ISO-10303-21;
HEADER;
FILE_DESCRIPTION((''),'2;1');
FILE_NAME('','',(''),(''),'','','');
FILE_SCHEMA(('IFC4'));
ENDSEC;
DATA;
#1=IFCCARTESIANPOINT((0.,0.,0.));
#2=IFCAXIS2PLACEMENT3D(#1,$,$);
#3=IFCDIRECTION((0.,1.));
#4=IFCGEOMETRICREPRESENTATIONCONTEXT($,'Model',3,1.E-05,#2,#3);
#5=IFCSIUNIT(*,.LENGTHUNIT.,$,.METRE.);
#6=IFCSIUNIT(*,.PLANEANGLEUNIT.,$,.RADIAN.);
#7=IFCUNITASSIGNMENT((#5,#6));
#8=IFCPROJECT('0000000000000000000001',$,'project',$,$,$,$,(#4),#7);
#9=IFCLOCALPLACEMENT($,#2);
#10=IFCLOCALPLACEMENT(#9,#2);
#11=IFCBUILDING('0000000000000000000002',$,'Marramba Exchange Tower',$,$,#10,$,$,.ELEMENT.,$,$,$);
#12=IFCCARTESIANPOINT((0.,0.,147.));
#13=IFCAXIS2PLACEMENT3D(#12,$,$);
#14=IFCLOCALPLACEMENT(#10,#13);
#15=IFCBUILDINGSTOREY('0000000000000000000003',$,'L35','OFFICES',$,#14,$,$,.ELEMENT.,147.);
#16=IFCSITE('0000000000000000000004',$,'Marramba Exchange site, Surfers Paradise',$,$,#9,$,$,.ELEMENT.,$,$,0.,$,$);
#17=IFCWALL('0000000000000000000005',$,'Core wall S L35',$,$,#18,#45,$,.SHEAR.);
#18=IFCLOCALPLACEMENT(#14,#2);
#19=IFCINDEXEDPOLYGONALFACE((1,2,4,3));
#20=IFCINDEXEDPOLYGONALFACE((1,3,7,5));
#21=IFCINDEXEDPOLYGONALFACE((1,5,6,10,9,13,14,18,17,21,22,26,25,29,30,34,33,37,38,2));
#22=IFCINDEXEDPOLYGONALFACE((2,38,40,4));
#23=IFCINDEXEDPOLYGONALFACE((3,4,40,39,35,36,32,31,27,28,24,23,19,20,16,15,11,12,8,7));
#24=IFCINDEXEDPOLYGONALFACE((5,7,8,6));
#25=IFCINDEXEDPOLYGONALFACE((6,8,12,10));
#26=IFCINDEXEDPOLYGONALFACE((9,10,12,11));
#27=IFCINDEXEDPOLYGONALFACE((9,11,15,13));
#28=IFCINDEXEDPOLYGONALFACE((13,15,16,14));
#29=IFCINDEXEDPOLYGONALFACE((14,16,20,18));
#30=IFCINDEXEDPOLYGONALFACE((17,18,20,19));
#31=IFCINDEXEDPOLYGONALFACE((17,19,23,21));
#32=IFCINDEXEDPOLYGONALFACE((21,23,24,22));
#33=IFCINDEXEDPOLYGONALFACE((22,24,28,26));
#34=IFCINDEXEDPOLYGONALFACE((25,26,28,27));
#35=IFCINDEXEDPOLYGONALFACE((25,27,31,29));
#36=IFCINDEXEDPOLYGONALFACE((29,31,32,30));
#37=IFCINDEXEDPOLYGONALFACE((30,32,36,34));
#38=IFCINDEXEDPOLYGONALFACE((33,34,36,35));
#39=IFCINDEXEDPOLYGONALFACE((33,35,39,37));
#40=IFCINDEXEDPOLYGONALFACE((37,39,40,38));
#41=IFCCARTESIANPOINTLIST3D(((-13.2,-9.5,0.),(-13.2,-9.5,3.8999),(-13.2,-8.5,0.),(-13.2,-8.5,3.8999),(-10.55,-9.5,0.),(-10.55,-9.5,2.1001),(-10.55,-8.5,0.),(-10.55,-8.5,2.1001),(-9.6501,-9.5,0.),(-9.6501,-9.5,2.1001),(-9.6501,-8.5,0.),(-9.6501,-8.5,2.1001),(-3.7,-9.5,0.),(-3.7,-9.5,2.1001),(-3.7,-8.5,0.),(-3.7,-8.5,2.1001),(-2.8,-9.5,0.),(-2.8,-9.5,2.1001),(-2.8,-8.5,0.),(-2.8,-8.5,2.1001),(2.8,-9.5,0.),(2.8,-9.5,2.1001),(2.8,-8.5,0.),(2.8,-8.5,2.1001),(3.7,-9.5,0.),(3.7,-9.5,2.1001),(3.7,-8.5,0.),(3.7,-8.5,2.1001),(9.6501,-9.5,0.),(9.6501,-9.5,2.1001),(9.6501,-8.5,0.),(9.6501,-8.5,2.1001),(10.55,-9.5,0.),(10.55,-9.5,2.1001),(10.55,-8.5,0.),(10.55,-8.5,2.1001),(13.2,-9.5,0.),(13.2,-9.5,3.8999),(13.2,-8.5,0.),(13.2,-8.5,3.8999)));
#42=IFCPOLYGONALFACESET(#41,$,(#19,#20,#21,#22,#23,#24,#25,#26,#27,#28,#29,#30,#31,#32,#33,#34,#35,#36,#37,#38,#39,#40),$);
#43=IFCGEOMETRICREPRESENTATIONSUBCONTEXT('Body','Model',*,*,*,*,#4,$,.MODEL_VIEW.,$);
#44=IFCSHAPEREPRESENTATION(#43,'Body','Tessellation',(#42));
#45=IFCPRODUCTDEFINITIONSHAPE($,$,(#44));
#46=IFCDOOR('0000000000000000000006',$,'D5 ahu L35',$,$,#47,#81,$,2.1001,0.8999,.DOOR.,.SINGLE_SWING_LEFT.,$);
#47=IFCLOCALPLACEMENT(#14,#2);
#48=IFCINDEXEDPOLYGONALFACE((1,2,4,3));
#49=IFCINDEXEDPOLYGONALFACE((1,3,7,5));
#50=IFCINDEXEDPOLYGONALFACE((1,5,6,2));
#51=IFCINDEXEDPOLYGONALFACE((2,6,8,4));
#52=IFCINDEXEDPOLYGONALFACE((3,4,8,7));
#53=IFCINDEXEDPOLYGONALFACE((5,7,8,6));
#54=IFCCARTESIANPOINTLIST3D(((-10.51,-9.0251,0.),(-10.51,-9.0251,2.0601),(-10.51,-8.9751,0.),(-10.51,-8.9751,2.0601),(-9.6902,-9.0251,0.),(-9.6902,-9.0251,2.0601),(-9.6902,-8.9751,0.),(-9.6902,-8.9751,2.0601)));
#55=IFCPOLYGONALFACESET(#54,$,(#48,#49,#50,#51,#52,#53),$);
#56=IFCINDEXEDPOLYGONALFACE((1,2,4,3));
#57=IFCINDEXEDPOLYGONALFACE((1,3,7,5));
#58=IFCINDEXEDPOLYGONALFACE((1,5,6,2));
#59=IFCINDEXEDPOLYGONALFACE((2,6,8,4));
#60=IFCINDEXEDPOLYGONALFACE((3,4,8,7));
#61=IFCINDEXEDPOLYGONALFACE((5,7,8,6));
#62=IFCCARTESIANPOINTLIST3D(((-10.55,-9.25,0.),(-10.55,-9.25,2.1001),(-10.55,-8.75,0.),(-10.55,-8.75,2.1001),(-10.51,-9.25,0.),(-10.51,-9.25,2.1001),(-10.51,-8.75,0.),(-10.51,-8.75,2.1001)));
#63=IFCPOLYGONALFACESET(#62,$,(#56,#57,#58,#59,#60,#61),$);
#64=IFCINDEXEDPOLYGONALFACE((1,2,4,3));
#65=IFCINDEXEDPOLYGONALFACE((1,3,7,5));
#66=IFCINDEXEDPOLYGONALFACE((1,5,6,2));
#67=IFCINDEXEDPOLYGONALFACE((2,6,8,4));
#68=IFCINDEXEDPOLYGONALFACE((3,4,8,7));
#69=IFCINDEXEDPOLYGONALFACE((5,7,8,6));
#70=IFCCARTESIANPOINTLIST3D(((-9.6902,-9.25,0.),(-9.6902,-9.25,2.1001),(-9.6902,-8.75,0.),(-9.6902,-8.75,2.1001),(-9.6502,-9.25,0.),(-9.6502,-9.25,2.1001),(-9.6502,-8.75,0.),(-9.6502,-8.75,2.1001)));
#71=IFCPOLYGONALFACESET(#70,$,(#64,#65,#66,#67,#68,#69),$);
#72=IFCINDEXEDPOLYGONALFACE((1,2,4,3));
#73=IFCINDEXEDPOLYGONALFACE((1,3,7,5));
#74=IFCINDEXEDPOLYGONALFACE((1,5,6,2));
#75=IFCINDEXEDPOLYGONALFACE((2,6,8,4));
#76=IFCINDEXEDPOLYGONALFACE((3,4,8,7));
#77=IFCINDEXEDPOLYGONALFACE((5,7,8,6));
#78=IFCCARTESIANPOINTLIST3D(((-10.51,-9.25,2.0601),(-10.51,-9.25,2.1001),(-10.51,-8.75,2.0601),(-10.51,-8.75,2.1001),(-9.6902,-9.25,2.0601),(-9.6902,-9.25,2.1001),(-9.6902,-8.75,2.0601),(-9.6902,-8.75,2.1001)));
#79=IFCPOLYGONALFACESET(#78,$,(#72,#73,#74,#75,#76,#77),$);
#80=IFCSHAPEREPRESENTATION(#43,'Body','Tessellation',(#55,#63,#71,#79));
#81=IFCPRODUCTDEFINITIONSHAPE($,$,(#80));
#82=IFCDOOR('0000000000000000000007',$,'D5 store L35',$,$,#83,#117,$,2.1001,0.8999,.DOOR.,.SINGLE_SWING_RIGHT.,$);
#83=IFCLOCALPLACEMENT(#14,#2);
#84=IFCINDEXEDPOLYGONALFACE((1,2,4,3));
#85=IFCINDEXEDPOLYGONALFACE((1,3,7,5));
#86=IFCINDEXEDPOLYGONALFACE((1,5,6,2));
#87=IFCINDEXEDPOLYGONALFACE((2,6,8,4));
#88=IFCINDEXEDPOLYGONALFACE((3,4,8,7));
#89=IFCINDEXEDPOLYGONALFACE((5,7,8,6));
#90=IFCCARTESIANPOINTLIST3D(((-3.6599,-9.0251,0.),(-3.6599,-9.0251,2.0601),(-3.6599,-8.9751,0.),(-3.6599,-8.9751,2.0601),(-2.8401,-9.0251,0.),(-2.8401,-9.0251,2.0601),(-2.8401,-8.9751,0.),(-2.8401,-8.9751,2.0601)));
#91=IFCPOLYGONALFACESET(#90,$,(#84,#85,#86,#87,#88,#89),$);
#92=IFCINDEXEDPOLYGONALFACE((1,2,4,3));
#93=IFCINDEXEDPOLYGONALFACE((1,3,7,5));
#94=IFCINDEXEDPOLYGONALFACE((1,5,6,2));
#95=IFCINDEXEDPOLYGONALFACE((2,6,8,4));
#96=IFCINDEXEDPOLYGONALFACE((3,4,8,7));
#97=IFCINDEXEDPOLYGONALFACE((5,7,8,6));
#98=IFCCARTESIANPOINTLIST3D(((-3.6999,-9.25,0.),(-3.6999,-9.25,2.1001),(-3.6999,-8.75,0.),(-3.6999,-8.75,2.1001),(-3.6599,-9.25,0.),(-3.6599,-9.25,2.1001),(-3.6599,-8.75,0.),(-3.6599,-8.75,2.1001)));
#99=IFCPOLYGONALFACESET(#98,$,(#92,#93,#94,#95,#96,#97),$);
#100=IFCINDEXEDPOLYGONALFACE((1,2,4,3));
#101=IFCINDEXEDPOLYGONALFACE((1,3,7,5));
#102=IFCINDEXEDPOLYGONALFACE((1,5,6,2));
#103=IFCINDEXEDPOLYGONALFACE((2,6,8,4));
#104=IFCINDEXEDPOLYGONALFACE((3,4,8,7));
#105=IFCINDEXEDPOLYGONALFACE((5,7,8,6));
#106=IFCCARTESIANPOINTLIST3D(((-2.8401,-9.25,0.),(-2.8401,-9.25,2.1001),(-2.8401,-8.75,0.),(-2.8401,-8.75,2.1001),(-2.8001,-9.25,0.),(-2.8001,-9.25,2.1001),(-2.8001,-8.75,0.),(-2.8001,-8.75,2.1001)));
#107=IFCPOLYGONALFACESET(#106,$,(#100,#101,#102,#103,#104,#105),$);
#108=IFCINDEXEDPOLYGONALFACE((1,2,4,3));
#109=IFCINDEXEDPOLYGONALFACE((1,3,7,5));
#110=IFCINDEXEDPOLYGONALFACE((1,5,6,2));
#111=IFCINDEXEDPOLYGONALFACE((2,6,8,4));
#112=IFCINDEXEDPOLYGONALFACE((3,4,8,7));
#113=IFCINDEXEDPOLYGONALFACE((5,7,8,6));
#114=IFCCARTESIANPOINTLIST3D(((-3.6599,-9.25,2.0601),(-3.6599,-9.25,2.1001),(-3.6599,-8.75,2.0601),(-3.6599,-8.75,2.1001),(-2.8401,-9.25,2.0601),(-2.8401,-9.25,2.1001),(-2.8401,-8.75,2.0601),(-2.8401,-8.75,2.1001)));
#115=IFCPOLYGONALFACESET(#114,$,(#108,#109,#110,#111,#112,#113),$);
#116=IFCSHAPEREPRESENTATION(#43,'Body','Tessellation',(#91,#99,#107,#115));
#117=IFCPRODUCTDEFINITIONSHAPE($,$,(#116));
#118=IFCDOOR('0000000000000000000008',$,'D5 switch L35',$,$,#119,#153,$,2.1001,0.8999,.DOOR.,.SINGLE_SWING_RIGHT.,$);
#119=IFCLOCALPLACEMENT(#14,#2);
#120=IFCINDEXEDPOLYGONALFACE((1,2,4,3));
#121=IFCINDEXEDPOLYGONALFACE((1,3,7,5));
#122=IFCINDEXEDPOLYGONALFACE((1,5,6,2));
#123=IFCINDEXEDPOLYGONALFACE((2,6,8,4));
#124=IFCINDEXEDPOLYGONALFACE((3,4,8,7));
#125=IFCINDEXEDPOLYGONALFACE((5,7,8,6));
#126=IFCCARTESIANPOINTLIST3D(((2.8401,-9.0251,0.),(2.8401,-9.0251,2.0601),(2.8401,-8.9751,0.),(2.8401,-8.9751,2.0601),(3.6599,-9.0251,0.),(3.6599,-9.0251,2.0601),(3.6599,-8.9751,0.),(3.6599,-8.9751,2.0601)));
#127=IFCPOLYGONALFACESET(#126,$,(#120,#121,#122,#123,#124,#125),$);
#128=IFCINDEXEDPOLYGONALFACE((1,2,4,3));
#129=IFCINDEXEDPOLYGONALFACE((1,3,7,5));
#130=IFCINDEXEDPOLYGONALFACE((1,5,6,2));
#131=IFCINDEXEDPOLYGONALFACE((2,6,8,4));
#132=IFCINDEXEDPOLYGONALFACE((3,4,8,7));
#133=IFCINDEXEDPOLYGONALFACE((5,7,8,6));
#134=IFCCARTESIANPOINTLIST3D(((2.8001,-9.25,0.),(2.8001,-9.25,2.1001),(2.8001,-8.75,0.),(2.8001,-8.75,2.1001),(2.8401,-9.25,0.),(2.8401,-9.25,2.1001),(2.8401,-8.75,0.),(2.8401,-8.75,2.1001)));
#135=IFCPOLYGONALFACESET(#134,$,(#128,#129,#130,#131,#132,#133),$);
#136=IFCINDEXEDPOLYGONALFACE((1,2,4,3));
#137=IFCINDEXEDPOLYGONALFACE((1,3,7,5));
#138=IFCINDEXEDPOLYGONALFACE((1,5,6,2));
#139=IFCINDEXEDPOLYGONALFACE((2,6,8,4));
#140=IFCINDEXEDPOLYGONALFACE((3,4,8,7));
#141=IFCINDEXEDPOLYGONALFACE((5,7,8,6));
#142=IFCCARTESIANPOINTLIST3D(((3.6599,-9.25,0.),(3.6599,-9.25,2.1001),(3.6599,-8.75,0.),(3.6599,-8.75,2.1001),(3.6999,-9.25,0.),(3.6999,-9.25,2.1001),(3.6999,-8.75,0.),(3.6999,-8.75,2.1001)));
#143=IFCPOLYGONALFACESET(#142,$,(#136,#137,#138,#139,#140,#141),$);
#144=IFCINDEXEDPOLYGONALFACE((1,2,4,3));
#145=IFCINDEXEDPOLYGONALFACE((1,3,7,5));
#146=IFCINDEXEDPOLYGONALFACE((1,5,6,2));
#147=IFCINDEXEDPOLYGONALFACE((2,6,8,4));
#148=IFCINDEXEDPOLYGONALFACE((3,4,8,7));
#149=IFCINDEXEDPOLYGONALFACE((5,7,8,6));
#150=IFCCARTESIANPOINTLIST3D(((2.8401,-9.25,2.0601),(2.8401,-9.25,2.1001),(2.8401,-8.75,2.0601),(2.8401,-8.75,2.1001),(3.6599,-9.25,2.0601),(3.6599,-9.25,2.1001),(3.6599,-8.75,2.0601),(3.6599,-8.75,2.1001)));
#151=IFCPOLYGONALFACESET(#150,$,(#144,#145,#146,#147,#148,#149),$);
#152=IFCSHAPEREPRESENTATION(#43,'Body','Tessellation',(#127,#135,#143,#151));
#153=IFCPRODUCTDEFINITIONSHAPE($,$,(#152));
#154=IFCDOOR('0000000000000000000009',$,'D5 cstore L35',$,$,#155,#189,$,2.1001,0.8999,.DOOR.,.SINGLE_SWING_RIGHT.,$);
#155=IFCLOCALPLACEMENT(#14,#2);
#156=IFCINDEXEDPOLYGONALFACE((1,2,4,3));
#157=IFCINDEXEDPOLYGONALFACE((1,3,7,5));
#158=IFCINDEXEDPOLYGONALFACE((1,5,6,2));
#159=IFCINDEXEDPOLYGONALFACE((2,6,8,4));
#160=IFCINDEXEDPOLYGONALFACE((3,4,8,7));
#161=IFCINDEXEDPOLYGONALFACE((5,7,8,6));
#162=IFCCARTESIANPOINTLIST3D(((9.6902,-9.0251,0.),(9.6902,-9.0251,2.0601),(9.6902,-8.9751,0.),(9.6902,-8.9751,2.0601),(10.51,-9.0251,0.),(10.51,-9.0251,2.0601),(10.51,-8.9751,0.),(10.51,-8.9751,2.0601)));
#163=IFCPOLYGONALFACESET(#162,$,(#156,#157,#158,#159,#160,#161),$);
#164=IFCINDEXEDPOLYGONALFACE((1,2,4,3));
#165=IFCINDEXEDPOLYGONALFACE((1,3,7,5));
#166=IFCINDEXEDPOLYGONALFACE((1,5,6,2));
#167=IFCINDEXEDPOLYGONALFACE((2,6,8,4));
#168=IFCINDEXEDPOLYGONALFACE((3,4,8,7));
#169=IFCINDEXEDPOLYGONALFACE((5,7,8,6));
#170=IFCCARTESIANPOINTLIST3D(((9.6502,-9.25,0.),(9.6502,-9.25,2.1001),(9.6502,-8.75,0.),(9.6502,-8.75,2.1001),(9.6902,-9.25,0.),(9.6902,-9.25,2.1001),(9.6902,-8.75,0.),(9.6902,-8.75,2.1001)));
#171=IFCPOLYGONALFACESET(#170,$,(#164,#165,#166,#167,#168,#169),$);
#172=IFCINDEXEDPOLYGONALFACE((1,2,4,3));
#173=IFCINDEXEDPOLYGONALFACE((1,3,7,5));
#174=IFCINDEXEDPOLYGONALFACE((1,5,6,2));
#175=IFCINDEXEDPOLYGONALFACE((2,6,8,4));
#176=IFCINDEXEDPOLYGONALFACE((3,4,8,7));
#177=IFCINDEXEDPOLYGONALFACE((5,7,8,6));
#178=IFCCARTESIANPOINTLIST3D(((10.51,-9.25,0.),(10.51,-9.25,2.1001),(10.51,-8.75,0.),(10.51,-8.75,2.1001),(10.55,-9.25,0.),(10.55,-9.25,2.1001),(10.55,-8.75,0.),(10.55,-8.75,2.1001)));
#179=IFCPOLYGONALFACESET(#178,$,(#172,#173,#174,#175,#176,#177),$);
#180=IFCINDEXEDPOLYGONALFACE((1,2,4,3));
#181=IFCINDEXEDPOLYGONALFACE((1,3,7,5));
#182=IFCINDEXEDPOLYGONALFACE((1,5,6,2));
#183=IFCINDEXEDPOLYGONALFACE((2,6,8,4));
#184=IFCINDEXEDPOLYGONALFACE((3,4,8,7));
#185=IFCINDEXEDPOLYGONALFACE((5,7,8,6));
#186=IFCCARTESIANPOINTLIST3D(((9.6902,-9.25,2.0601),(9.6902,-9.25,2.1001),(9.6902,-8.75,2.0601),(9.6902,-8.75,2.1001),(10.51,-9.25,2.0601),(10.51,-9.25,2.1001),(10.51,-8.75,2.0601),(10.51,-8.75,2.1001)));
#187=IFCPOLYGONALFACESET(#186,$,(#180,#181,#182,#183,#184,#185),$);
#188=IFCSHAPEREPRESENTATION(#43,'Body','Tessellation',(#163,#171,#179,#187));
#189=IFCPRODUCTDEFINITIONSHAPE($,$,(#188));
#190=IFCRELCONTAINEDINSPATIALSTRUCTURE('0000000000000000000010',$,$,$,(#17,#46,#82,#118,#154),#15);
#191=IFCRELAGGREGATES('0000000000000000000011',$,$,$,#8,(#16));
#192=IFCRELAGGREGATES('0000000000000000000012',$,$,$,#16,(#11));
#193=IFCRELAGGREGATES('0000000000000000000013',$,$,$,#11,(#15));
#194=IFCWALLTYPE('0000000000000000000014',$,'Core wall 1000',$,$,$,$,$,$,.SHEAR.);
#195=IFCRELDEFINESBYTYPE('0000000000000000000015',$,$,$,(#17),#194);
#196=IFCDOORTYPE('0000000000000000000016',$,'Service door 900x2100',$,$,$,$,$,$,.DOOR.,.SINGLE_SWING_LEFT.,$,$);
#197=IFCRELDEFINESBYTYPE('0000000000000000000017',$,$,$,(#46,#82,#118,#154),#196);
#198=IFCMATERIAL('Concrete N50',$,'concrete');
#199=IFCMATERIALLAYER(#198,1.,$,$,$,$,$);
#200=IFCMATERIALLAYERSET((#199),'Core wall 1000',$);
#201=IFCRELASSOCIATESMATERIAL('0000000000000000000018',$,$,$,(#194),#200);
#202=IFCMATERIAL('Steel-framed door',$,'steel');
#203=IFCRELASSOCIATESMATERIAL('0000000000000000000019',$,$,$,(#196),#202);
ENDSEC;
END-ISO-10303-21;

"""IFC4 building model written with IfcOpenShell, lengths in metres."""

from ifc_helpers import new_model, si_unit, direction, frame, frame_2d, origin, place, context, subcontext, project, spatial, rectangle, extrude, material, layer, layer_set, type_object, element, fill, save


model = new_model("IFC4")

# Units and contexts
model_context = context("Model", 3, precision=1e-05, world=origin(), true_north=direction((0.0, 1.0)))
body_context = subcontext(model_context, "Body", "Model", "MODEL_VIEW")
ifc_project = project(units=[si_unit("LENGTHUNIT", "METRE"), si_unit("PLANEANGLEUNIT", "RADIAN")], contexts=[model_context])

# Site, building, storey
site_placement = place(None, origin())
site = spatial("IfcSite", under=ifc_project, at=site_placement, Name="Marramba Exchange site, Surfers Paradise", CompositionType="ELEMENT", RefElevation=0.0)
building_placement = place(site_placement, origin())
building = spatial("IfcBuilding", under=site, at=building_placement, Name="Marramba Exchange Tower", CompositionType="ELEMENT")
storey_placement = place(building_placement, frame((0.0, 0.0, 147.0)))
storey = spatial("IfcBuildingStorey", under=building, at=storey_placement, Name="L35", Description="OFFICES", CompositionType="ELEMENT", Elevation=147.0)

# Shared definitions
ifc_material_1 = material(Name="Concrete N50", Category="concrete")

# Wall, openings, doors
ifc_layer_1 = layer(ifc_material_1, 1.0)
ifc_layer_set_1 = layer_set([ifc_layer_1], Name="Core wall 1000")
wall_type_1 = type_object("IfcWallType", Name="Core wall 1000", PredefinedType="SHEAR", material=ifc_layer_set_1)
wall_1_placement = place(storey_placement, frame((-13.2, -9.0, 0.0), z_axis=(0.0, 0.0, 1.0), x_axis=(1.0, 0.0, 0.0)))
wall_1 = element("IfcWall", 1, at=wall_1_placement, inside=storey, type_object=wall_type_1, Name="Core wall S L35", PredefinedType="SHEAR", context=body_context, shape_type="SweptSolid", body=[
    extrude(rectangle(XDim=26.3999, YDim=1.0, at=frame_2d((13.2, 0.0))), origin(), (0.0, 0.0, 1.0), 3.8999),
])
opening_1_placement = place(wall_1_placement, frame((2.6499, 0.0, 0.0)))
opening_1 = element("IfcOpeningElement", 2, at=opening_1_placement, cuts=wall_1, PredefinedType="OPENING", context=body_context, shape_type="SweptSolid", body=[
    extrude(rectangle(XDim=0.8999, YDim=2.1001, at=frame_2d((0.45, 1.05))), frame((0.0, 0.51, 0.0), z_axis=(0.0, -1.0, 0.0), x_axis=(1.0, 0.0, 0.0)), (0.0, 0.0, 1.0), 1.02),
])
opening_2_placement = place(wall_1_placement, frame((9.5, 0.0, 0.0)))
opening_2 = element("IfcOpeningElement", 3, at=opening_2_placement, cuts=wall_1, PredefinedType="OPENING", context=body_context, shape_type="SweptSolid", body=[
    extrude(rectangle(XDim=0.8999, YDim=2.1001, at=frame_2d((0.45, 1.05))), frame((0.0, 0.51, 0.0), z_axis=(0.0, -1.0, 0.0), x_axis=(1.0, 0.0, 0.0)), (0.0, 0.0, 1.0), 1.02),
])
opening_3_placement = place(wall_1_placement, frame((16.0, 0.0, 0.0)))
opening_3 = element("IfcOpeningElement", 4, at=opening_3_placement, cuts=wall_1, PredefinedType="OPENING", context=body_context, shape_type="SweptSolid", body=[
    extrude(rectangle(XDim=0.8999, YDim=2.1001, at=frame_2d((0.45, 1.05))), frame((0.0, 0.51, 0.0), z_axis=(0.0, -1.0, 0.0), x_axis=(1.0, 0.0, 0.0)), (0.0, 0.0, 1.0), 1.02),
])
opening_4_placement = place(wall_1_placement, frame((22.8501, 0.0, 0.0)))
opening_4 = element("IfcOpeningElement", 5, at=opening_4_placement, cuts=wall_1, PredefinedType="OPENING", context=body_context, shape_type="SweptSolid", body=[
    extrude(rectangle(XDim=0.8999, YDim=2.1001, at=frame_2d((0.45, 1.05))), frame((0.0, 0.51, 0.0), z_axis=(0.0, -1.0, 0.0), x_axis=(1.0, 0.0, 0.0)), (0.0, 0.0, 1.0), 1.02),
])
ifc_material_2 = material(Name="Steel-framed door", Category="steel")
door_type_1 = type_object("IfcDoorType", Name="Service door 900x2100", OperationType="SINGLE_SWING_LEFT", PredefinedType="DOOR", material=ifc_material_2)
door_1_placement = place(opening_1_placement, origin())
door_1 = element("IfcDoor", 6, at=door_1_placement, inside=storey, type_object=door_type_1, Name="D5 ahu L35", OperationType="SINGLE_SWING_LEFT", OverallHeight=2.1001, OverallWidth=0.8999, PredefinedType="DOOR", context=body_context, shape_type="SweptSolid", body=[
    extrude(rectangle(XDim=0.8198, YDim=2.0601, at=frame_2d((0.45, 1.03))), frame((0.0, 0.0249, 0.0), z_axis=(0.0, -1.0, 0.0), x_axis=(1.0, 0.0, 0.0)), (0.0, 0.0, 1.0), 0.05),
    extrude(rectangle(XDim=0.04, YDim=2.1001, at=frame_2d((0.02, 1.05))), frame((0.0, 0.25, 0.0), z_axis=(0.0, -1.0, 0.0), x_axis=(1.0, 0.0, 0.0)), (0.0, 0.0, 1.0), 0.5),
    extrude(rectangle(XDim=0.04, YDim=2.1001, at=frame_2d((0.8799, 1.05))), frame((0.0, 0.25, 0.0), z_axis=(0.0, -1.0, 0.0), x_axis=(1.0, 0.0, 0.0)), (0.0, 0.0, 1.0), 0.5),
    extrude(rectangle(XDim=0.8198, YDim=0.04, at=frame_2d((0.45, 2.0801))), frame((0.0, 0.25, 0.0), z_axis=(0.0, -1.0, 0.0), x_axis=(1.0, 0.0, 0.0)), (0.0, 0.0, 1.0), 0.5),
])
fill(opening_1, door_1)
door_2_placement = place(opening_2_placement, origin())
door_2 = element("IfcDoor", 7, at=door_2_placement, inside=storey, type_object=door_type_1, Name="D5 store L35", OperationType="SINGLE_SWING_RIGHT", OverallHeight=2.1001, OverallWidth=0.8999, PredefinedType="DOOR", context=body_context, shape_type="SweptSolid", body=[
    extrude(rectangle(XDim=0.8198, YDim=2.0601, at=frame_2d((0.45, 1.03))), frame((0.0, 0.0249, 0.0), z_axis=(0.0, -1.0, 0.0), x_axis=(1.0, 0.0, 0.0)), (0.0, 0.0, 1.0), 0.05),
    extrude(rectangle(XDim=0.04, YDim=2.1001, at=frame_2d((0.02, 1.05))), frame((0.0, 0.25, 0.0), z_axis=(0.0, -1.0, 0.0), x_axis=(1.0, 0.0, 0.0)), (0.0, 0.0, 1.0), 0.5),
    extrude(rectangle(XDim=0.04, YDim=2.1001, at=frame_2d((0.8799, 1.05))), frame((0.0, 0.25, 0.0), z_axis=(0.0, -1.0, 0.0), x_axis=(1.0, 0.0, 0.0)), (0.0, 0.0, 1.0), 0.5),
    extrude(rectangle(XDim=0.8198, YDim=0.04, at=frame_2d((0.45, 2.0801))), frame((0.0, 0.25, 0.0), z_axis=(0.0, -1.0, 0.0), x_axis=(1.0, 0.0, 0.0)), (0.0, 0.0, 1.0), 0.5),
])
fill(opening_2, door_2)
door_3_placement = place(opening_3_placement, origin())
door_3 = element("IfcDoor", 8, at=door_3_placement, inside=storey, type_object=door_type_1, Name="D5 switch L35", OperationType="SINGLE_SWING_RIGHT", OverallHeight=2.1001, OverallWidth=0.8999, PredefinedType="DOOR", context=body_context, shape_type="SweptSolid", body=[
    extrude(rectangle(XDim=0.8198, YDim=2.0601, at=frame_2d((0.45, 1.03))), frame((0.0, 0.0249, 0.0), z_axis=(0.0, -1.0, 0.0), x_axis=(1.0, 0.0, 0.0)), (0.0, 0.0, 1.0), 0.05),
    extrude(rectangle(XDim=0.04, YDim=2.1001, at=frame_2d((0.02, 1.05))), frame((0.0, 0.25, 0.0), z_axis=(0.0, -1.0, 0.0), x_axis=(1.0, 0.0, 0.0)), (0.0, 0.0, 1.0), 0.5),
    extrude(rectangle(XDim=0.04, YDim=2.1001, at=frame_2d((0.8799, 1.05))), frame((0.0, 0.25, 0.0), z_axis=(0.0, -1.0, 0.0), x_axis=(1.0, 0.0, 0.0)), (0.0, 0.0, 1.0), 0.5),
    extrude(rectangle(XDim=0.8198, YDim=0.04, at=frame_2d((0.45, 2.0801))), frame((0.0, 0.25, 0.0), z_axis=(0.0, -1.0, 0.0), x_axis=(1.0, 0.0, 0.0)), (0.0, 0.0, 1.0), 0.5),
])
fill(opening_3, door_3)
door_4_placement = place(opening_4_placement, origin())
door_4 = element("IfcDoor", 9, at=door_4_placement, inside=storey, type_object=door_type_1, Name="D5 cstore L35", OperationType="SINGLE_SWING_RIGHT", OverallHeight=2.1001, OverallWidth=0.8999, PredefinedType="DOOR", context=body_context, shape_type="SweptSolid", body=[
    extrude(rectangle(XDim=0.8198, YDim=2.0601, at=frame_2d((0.45, 1.03))), frame((0.0, 0.0249, 0.0), z_axis=(0.0, -1.0, 0.0), x_axis=(1.0, 0.0, 0.0)), (0.0, 0.0, 1.0), 0.05),
    extrude(rectangle(XDim=0.04, YDim=2.1001, at=frame_2d((0.02, 1.05))), frame((0.0, 0.25, 0.0), z_axis=(0.0, -1.0, 0.0), x_axis=(1.0, 0.0, 0.0)), (0.0, 0.0, 1.0), 0.5),
    extrude(rectangle(XDim=0.04, YDim=2.1001, at=frame_2d((0.8799, 1.05))), frame((0.0, 0.25, 0.0), z_axis=(0.0, -1.0, 0.0), x_axis=(1.0, 0.0, 0.0)), (0.0, 0.0, 1.0), 0.5),
    extrude(rectangle(XDim=0.8198, YDim=0.04, at=frame_2d((0.45, 2.0801))), frame((0.0, 0.25, 0.0), z_axis=(0.0, -1.0, 0.0), x_axis=(1.0, 0.0, 0.0)), (0.0, 0.0, 1.0), 0.5),
])
fill(opening_4, door_4)

save(model, "model.ifc")
